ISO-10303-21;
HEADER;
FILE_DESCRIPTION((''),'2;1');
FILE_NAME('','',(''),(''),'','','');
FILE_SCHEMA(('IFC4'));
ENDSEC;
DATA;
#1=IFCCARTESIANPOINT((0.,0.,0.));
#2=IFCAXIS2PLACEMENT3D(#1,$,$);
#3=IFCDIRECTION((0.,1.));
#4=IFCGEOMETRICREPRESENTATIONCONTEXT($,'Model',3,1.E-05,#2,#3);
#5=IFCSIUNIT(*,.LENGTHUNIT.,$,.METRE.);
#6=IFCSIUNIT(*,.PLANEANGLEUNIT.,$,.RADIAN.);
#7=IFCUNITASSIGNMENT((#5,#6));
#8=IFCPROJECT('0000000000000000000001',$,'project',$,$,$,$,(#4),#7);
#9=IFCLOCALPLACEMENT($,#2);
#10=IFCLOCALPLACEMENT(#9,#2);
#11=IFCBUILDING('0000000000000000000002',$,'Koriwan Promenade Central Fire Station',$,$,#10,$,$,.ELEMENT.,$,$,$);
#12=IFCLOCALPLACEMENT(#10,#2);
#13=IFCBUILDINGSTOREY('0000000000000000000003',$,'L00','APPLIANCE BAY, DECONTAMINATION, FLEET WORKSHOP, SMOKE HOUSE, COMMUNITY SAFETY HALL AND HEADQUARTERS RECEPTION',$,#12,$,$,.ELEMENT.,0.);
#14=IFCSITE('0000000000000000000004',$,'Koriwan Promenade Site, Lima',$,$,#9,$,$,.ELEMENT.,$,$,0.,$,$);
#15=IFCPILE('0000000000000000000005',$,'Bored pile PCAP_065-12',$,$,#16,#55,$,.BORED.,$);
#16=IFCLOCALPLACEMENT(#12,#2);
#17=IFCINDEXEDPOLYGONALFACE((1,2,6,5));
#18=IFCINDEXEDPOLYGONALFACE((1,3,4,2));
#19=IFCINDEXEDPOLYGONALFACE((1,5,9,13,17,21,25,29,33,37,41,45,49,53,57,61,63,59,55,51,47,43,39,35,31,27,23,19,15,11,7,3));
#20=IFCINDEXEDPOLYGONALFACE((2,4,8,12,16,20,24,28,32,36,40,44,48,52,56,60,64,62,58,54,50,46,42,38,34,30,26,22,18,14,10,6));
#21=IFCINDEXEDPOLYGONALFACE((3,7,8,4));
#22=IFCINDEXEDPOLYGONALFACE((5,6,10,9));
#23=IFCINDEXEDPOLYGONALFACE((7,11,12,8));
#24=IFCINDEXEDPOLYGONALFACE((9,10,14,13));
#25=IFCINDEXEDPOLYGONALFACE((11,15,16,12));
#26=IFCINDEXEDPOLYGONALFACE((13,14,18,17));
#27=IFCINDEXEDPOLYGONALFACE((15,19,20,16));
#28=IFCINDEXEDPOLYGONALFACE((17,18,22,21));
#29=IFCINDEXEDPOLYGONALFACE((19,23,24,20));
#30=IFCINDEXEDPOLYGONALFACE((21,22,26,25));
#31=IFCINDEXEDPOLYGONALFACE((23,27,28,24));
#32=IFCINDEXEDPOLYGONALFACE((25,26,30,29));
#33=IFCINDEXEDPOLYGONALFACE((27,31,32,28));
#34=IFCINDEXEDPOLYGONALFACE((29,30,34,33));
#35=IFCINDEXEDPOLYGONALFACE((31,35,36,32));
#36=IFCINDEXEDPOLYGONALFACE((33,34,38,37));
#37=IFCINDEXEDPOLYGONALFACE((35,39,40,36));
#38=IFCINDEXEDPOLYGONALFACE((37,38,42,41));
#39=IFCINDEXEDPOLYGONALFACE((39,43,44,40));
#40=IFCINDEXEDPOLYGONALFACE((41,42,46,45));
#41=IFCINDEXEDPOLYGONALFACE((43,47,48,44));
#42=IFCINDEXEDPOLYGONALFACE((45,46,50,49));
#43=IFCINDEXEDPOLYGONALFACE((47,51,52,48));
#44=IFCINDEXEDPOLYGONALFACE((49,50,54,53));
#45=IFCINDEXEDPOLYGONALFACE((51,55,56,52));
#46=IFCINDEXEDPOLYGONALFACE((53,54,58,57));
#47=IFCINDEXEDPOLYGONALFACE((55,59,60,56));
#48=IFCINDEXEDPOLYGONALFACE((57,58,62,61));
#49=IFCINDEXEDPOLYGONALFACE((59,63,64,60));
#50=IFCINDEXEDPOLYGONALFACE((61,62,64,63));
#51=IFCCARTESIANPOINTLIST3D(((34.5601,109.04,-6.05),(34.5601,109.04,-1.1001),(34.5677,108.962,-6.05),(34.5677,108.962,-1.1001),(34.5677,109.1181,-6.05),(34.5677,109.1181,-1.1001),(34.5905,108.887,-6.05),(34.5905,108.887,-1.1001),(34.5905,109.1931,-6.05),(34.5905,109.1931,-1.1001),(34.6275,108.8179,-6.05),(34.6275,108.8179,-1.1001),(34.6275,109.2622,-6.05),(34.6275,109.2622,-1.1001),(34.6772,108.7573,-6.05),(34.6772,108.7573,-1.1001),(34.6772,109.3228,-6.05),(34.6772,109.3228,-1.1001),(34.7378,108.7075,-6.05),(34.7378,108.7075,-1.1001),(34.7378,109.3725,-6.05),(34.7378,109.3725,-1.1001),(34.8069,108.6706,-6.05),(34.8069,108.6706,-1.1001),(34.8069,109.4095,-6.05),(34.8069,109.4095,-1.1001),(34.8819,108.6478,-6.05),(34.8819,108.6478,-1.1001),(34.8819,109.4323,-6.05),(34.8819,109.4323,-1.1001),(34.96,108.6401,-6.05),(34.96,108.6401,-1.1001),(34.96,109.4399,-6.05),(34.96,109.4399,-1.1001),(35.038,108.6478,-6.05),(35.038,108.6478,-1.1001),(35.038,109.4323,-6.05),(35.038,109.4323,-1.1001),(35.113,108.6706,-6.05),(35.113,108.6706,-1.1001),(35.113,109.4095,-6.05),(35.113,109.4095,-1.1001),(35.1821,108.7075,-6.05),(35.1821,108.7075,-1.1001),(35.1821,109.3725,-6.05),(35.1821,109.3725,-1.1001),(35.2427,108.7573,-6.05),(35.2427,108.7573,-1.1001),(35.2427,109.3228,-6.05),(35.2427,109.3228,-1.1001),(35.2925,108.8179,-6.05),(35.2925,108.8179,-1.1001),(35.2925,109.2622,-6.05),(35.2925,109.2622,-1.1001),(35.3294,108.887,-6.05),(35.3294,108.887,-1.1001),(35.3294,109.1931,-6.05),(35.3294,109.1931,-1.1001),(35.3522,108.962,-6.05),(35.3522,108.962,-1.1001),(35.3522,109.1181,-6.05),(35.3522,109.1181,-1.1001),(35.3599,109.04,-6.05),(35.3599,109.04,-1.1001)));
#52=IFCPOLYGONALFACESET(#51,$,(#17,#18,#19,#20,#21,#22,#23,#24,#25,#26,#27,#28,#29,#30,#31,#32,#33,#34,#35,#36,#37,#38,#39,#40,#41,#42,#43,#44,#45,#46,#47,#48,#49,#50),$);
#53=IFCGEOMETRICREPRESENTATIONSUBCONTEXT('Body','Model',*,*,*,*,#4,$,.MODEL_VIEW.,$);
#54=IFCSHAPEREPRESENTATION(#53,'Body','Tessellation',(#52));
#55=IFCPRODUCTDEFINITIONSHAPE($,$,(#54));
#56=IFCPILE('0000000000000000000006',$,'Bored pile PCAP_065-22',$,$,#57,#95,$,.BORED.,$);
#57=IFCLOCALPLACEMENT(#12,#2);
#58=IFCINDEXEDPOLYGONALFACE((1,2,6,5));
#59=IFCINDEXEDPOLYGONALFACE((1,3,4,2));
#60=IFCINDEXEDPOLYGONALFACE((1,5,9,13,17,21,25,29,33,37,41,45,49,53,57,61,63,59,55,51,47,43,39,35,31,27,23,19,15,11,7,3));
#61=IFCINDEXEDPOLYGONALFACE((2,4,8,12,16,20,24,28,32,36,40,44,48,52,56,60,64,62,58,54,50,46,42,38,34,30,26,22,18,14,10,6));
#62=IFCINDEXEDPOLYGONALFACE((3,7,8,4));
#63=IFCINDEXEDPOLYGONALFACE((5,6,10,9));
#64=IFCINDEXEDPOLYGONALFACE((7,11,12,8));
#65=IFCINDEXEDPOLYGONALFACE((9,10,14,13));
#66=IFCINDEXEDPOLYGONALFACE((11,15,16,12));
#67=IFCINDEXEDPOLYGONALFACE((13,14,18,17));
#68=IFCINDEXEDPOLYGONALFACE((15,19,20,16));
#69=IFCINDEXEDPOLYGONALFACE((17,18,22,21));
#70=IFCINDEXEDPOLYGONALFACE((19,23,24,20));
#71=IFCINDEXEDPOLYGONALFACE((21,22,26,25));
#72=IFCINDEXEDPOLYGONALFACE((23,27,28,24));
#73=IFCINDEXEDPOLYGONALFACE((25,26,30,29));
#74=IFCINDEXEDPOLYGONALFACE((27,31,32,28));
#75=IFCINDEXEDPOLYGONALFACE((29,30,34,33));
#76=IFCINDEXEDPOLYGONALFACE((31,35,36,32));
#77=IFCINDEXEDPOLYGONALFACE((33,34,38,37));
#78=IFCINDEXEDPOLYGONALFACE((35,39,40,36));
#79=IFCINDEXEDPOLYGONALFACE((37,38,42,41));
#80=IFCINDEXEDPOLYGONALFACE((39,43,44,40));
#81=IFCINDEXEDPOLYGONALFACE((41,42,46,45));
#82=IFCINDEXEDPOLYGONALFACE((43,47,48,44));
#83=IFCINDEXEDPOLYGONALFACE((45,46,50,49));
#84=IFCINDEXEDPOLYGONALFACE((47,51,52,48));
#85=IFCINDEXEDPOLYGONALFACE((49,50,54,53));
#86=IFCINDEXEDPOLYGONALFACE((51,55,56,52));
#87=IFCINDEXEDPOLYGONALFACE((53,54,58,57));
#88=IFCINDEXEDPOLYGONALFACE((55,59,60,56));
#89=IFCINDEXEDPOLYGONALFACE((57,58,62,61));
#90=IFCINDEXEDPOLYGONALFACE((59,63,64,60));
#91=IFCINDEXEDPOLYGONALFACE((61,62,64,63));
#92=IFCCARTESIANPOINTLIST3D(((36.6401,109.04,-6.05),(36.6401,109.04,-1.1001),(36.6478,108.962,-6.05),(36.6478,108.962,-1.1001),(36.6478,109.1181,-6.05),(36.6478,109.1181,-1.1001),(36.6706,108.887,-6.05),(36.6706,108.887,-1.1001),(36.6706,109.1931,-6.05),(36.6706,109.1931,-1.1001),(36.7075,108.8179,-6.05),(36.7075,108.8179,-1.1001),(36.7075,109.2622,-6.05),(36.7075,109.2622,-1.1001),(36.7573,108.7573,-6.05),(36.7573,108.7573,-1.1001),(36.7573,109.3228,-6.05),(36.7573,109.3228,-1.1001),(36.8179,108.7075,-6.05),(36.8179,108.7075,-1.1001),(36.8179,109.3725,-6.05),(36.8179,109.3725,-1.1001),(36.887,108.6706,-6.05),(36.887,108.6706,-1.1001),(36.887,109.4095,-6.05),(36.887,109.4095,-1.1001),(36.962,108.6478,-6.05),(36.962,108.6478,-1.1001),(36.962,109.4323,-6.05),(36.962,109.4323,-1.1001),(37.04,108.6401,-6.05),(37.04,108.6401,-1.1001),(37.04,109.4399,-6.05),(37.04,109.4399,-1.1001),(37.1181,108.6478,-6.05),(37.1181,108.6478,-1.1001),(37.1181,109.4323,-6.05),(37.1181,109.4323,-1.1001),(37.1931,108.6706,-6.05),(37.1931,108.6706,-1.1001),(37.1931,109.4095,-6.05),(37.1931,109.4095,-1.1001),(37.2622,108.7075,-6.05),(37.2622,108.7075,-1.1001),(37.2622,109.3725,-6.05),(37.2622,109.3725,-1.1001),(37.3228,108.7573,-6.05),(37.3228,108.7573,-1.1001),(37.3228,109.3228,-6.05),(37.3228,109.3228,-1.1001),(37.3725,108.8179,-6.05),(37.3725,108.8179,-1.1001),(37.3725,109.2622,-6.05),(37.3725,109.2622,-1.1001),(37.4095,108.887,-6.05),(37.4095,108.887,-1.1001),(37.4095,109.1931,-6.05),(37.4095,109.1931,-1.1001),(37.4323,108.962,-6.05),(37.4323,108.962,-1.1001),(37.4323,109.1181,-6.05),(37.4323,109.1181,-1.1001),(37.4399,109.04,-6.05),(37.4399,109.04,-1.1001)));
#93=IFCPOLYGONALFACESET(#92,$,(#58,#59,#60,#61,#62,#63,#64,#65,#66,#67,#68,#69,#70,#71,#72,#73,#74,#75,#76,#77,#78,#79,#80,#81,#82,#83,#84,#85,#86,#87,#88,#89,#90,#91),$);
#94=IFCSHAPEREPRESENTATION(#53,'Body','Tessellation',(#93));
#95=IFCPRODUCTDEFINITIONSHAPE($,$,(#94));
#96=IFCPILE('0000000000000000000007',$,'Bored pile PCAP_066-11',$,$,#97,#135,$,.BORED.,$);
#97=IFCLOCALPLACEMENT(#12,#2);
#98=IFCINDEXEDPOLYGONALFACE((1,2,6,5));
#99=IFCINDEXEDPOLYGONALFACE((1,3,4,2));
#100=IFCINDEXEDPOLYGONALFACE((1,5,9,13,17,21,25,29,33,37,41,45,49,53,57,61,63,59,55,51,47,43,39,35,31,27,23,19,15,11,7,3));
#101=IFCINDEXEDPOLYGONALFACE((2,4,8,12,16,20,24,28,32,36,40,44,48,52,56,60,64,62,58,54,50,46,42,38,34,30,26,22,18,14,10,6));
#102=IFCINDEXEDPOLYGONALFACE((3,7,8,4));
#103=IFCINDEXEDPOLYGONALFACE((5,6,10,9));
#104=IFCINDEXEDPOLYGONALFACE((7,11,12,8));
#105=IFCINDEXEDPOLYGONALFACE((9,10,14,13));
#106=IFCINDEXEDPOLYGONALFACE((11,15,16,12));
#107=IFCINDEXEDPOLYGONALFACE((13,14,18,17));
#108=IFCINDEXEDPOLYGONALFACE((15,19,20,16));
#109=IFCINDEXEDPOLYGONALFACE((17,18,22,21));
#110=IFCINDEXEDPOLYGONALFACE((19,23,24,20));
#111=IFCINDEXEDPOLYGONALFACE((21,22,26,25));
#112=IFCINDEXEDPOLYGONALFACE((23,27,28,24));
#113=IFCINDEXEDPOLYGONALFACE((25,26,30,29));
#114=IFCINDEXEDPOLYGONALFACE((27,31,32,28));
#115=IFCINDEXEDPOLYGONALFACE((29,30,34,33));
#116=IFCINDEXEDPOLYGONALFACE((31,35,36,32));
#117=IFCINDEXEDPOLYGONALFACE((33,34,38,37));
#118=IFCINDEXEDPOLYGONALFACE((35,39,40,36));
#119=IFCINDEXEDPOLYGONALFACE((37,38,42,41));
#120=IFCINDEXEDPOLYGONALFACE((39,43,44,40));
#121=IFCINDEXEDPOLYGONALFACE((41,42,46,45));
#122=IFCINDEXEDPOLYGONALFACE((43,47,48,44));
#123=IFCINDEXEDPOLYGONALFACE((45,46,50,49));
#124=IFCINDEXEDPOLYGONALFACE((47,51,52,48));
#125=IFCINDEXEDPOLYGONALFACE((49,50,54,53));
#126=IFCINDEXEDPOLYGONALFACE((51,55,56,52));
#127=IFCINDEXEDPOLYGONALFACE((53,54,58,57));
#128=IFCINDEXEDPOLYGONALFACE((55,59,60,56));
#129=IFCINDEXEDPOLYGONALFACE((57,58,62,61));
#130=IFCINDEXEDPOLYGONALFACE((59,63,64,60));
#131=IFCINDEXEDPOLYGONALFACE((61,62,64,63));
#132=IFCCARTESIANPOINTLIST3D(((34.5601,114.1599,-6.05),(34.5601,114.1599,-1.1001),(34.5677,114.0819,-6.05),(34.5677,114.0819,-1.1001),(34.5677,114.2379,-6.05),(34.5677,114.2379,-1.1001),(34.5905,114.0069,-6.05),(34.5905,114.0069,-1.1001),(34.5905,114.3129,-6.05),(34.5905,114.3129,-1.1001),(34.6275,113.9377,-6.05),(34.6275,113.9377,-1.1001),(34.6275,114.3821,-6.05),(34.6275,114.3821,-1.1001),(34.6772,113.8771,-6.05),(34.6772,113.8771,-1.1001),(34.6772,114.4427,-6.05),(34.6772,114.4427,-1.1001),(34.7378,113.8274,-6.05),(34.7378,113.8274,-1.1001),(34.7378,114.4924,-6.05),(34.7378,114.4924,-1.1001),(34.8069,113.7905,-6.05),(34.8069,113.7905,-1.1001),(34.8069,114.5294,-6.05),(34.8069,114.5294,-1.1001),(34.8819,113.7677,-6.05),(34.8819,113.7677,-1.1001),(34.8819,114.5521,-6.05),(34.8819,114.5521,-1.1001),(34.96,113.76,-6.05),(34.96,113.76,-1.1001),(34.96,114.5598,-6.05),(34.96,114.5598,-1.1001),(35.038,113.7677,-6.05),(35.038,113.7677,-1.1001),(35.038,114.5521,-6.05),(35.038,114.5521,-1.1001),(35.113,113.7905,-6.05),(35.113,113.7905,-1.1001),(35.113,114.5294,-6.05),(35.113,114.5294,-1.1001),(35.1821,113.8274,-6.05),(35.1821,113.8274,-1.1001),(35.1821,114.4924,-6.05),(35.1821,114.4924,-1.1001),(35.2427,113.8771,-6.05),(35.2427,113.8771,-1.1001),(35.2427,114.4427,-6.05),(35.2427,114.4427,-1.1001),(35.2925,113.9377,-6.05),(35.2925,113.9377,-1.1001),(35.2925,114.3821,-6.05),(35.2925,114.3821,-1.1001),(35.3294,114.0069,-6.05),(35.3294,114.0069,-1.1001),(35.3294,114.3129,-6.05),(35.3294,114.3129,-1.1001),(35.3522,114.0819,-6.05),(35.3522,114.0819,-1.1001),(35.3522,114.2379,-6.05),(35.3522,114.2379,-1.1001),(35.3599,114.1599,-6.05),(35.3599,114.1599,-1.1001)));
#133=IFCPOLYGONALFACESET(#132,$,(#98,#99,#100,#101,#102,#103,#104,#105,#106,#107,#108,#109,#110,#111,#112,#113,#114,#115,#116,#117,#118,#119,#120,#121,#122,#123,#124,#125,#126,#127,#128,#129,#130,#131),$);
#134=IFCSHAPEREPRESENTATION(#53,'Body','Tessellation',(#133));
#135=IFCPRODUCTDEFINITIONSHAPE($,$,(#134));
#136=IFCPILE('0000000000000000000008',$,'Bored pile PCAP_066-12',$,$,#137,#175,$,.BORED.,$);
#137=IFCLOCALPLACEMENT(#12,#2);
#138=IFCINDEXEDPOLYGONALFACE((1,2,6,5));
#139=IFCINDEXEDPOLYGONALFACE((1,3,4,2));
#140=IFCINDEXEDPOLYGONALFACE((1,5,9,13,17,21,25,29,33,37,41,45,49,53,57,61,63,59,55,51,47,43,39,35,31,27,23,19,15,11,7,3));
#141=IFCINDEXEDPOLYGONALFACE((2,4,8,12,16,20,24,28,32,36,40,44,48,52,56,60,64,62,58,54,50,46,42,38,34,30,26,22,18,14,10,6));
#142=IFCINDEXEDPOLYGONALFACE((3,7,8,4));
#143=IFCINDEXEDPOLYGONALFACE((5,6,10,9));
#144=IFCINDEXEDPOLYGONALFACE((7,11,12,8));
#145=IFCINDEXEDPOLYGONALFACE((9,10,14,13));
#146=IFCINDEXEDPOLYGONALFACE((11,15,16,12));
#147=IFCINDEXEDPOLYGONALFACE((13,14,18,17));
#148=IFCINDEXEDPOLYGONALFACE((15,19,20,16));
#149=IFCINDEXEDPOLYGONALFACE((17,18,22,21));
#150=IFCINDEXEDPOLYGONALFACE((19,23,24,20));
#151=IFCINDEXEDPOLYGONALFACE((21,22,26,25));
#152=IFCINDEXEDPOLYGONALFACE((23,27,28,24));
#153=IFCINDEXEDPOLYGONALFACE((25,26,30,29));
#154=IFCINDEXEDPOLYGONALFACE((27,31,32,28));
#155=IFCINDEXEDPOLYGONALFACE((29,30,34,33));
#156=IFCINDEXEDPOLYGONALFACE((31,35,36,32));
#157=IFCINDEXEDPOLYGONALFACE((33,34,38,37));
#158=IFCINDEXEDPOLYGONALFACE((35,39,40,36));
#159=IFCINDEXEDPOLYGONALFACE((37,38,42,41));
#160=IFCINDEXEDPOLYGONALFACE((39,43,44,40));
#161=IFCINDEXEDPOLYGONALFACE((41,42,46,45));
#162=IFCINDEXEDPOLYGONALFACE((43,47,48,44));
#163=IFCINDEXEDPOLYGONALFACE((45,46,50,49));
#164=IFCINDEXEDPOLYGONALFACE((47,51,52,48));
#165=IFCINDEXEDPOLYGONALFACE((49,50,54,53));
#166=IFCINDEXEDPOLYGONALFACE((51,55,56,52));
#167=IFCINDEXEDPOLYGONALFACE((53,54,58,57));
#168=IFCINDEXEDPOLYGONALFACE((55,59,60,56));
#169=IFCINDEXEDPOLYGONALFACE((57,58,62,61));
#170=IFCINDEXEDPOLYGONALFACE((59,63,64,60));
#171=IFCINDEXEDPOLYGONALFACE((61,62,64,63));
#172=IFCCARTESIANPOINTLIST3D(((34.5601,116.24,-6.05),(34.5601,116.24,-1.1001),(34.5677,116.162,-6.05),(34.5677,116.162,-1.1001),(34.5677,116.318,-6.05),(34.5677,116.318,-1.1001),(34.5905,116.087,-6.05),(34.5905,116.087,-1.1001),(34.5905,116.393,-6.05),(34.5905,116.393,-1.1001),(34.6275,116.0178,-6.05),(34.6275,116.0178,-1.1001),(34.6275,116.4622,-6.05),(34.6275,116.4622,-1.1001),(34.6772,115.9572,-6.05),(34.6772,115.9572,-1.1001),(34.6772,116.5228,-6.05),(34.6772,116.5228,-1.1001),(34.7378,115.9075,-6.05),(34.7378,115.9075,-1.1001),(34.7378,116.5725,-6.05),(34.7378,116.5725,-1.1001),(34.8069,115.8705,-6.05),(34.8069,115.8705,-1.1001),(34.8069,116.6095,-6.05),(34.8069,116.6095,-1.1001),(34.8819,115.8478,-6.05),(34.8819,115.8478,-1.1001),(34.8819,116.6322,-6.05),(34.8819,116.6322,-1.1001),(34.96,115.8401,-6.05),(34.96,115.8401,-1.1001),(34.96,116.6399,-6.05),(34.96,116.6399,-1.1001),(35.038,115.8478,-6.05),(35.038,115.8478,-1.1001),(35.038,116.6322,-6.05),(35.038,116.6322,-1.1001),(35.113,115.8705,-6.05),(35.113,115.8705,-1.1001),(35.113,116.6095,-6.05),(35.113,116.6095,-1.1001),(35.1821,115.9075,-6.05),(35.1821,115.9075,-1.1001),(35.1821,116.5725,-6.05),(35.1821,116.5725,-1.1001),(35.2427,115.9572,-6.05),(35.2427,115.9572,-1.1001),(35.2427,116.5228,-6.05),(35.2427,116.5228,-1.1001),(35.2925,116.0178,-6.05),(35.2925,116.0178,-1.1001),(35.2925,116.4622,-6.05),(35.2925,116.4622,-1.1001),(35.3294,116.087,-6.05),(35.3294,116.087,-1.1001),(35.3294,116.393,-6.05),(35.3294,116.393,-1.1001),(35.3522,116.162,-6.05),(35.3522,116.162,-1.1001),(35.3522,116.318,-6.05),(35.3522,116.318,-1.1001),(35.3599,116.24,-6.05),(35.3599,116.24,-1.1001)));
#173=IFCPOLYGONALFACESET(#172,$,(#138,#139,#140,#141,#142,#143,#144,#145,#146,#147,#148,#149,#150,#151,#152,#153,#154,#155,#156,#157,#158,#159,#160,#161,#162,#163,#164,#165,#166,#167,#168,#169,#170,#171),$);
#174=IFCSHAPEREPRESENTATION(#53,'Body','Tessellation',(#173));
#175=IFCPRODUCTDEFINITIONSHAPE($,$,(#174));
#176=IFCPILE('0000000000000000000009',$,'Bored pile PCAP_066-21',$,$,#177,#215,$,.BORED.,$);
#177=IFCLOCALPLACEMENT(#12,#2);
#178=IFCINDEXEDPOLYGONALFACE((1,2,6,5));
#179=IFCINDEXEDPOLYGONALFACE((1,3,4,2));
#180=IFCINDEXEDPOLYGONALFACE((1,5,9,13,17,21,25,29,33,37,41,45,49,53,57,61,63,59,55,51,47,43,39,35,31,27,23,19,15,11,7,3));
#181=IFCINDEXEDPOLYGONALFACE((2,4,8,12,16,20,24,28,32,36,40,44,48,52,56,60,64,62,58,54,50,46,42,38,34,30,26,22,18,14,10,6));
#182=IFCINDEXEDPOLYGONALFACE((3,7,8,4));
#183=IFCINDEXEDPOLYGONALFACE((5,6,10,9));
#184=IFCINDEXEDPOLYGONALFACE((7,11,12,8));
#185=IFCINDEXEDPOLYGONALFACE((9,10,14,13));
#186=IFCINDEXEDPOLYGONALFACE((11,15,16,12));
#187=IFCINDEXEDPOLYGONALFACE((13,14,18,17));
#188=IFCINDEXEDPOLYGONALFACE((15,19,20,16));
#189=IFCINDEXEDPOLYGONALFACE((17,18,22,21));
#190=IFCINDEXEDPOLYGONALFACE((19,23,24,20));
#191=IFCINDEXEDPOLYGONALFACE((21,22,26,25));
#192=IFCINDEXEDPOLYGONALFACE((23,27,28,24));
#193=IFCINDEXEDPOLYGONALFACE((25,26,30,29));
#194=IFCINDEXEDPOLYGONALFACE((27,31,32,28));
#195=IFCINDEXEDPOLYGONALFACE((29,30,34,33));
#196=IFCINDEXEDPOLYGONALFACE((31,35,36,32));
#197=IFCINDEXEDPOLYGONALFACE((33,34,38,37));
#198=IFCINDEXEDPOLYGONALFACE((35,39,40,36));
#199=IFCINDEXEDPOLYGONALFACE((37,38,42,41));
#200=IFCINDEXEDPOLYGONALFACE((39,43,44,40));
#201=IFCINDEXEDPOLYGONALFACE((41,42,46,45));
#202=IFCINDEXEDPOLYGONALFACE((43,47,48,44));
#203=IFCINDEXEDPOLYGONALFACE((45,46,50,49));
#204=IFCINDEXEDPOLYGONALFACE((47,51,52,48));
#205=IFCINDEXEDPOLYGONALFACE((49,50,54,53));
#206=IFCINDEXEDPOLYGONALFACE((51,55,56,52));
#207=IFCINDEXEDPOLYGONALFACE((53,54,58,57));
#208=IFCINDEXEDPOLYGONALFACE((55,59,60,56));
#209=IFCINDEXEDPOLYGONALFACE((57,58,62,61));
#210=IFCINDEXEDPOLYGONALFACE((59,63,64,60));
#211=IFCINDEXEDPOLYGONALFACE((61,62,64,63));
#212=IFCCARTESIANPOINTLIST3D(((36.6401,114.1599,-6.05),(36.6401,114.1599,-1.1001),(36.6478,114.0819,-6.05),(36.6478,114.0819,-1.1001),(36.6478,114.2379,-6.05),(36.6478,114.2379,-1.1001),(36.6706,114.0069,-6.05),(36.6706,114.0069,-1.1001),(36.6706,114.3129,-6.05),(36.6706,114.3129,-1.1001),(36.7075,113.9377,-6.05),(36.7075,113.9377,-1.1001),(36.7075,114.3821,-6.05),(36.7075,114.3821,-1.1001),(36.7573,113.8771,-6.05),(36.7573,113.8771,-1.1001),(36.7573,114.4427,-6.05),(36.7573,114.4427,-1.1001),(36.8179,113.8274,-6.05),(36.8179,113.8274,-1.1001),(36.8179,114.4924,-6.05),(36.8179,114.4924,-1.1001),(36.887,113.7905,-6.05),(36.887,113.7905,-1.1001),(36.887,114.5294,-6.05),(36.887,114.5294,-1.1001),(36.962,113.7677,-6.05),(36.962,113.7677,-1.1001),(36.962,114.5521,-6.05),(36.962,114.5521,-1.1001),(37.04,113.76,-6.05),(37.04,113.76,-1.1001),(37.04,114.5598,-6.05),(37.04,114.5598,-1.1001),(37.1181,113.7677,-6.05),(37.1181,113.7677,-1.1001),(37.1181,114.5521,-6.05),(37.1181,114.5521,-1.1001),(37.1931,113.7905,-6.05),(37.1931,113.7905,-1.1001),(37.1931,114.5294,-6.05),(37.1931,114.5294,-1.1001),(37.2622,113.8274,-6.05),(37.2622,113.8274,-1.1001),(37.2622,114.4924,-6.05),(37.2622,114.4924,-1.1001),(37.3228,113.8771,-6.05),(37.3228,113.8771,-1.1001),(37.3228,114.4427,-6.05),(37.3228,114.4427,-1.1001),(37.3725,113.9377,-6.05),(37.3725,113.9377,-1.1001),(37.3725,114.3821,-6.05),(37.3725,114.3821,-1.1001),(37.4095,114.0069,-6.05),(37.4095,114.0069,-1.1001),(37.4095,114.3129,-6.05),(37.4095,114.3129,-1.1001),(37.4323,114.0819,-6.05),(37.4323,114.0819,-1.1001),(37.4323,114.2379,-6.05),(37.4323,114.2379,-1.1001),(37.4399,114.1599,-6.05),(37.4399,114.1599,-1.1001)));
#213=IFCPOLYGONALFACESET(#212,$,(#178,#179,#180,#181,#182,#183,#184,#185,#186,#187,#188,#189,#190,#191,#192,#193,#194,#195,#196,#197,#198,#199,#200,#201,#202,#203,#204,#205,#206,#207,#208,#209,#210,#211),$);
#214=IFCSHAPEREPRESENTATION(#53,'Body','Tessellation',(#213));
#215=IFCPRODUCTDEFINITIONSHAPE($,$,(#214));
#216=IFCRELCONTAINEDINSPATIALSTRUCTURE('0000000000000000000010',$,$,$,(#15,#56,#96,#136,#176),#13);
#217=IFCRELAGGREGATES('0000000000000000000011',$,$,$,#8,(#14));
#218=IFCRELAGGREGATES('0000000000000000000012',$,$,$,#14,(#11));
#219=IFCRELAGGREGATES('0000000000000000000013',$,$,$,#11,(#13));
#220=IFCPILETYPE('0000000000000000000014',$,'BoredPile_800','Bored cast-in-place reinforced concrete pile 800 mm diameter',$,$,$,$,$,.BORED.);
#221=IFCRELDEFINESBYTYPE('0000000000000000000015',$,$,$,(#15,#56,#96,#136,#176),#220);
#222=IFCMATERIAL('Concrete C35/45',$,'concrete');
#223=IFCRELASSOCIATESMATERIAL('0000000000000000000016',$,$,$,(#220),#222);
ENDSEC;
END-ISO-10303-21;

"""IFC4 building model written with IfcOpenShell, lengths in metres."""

from ifc_helpers import new_model, si_unit, direction, frame, origin, origin_2d, place, context, subcontext, project, spatial, circle, extrude, material, material_profile, profile_set, type_object, element, save


model = new_model("IFC4")

# Units and contexts
model_context = context("Model", 3, precision=1e-05, world=origin(), true_north=direction((0.0, 1.0)))
body_context = subcontext(model_context, "Body", "Model", "MODEL_VIEW")
ifc_project = project(units=[si_unit("LENGTHUNIT", "METRE"), si_unit("PLANEANGLEUNIT", "RADIAN")], contexts=[model_context])

# Site, building, storey
site_placement = place(None, origin())
site = spatial("IfcSite", under=ifc_project, at=site_placement, Name="Koriwan Promenade Site, Lima", CompositionType="ELEMENT", RefElevation=0.0)
building_placement = place(site_placement, origin())
building = spatial("IfcBuilding", under=site, at=building_placement, Name="Koriwan Promenade Central Fire Station", CompositionType="ELEMENT")
storey_placement = place(building_placement, origin())
storey = spatial("IfcBuildingStorey", under=building, at=storey_placement, Name="L00", Description="APPLIANCE BAY, DECONTAMINATION, FLEET WORKSHOP, SMOKE HOUSE, COMMUNITY SAFETY HALL AND HEADQUARTERS RECEPTION", CompositionType="ELEMENT", Elevation=0.0)

# Piles
ifc_material_1 = material(Name="Concrete C35/45", Category="concrete")
ifc_material_profile_1 = material_profile(ifc_material_1, circle(Radius=0.3999, at=origin_2d()), Name="PILE-D800")
ifc_profile_set_1 = profile_set([ifc_material_profile_1], Name="Concrete C35/45")
pile_type = type_object("IfcPileType", Name="BoredPile_800", Description="Bored cast-in-place reinforced concrete pile 800 mm diameter", PredefinedType="BORED", material=ifc_profile_set_1)
for number, where, z_axis, x_axis, name in (
    (1, (34.96, 109.04, -1.1001), (0.0, 0.0, -1.0), (1.0, 0.0, 0.0), "Bored pile PCAP_065-12"),
    (2, (37.04, 109.04, -1.1001), (0.0, 0.0, -1.0), (1.0, 0.0, 0.0), "Bored pile PCAP_065-22"),
    (3, (34.96, 114.1599, -1.1001), (0.0, 0.0, -1.0), (1.0, 0.0, 0.0), "Bored pile PCAP_066-11"),
    (4, (34.96, 116.24, -1.1001), (0.0, 0.0, -1.0), (1.0, 0.0, 0.0), "Bored pile PCAP_066-12"),
    (5, (37.04, 114.1599, -1.1001), (0.0, 0.0, -1.0), (1.0, 0.0, 0.0), "Bored pile PCAP_066-21"),
):
    element("IfcPile", number, at=place(storey_placement, frame(where, z_axis=z_axis, x_axis=x_axis)), inside=storey, type_object=pile_type, Name=name, PredefinedType="BORED", context=body_context, shape_type="SweptSolid", body=[
        extrude(circle(Radius=0.3999, at=origin_2d()), origin(), (0.0, 0.0, 1.0), 4.95),
    ])

save(model, "model.ifc")
